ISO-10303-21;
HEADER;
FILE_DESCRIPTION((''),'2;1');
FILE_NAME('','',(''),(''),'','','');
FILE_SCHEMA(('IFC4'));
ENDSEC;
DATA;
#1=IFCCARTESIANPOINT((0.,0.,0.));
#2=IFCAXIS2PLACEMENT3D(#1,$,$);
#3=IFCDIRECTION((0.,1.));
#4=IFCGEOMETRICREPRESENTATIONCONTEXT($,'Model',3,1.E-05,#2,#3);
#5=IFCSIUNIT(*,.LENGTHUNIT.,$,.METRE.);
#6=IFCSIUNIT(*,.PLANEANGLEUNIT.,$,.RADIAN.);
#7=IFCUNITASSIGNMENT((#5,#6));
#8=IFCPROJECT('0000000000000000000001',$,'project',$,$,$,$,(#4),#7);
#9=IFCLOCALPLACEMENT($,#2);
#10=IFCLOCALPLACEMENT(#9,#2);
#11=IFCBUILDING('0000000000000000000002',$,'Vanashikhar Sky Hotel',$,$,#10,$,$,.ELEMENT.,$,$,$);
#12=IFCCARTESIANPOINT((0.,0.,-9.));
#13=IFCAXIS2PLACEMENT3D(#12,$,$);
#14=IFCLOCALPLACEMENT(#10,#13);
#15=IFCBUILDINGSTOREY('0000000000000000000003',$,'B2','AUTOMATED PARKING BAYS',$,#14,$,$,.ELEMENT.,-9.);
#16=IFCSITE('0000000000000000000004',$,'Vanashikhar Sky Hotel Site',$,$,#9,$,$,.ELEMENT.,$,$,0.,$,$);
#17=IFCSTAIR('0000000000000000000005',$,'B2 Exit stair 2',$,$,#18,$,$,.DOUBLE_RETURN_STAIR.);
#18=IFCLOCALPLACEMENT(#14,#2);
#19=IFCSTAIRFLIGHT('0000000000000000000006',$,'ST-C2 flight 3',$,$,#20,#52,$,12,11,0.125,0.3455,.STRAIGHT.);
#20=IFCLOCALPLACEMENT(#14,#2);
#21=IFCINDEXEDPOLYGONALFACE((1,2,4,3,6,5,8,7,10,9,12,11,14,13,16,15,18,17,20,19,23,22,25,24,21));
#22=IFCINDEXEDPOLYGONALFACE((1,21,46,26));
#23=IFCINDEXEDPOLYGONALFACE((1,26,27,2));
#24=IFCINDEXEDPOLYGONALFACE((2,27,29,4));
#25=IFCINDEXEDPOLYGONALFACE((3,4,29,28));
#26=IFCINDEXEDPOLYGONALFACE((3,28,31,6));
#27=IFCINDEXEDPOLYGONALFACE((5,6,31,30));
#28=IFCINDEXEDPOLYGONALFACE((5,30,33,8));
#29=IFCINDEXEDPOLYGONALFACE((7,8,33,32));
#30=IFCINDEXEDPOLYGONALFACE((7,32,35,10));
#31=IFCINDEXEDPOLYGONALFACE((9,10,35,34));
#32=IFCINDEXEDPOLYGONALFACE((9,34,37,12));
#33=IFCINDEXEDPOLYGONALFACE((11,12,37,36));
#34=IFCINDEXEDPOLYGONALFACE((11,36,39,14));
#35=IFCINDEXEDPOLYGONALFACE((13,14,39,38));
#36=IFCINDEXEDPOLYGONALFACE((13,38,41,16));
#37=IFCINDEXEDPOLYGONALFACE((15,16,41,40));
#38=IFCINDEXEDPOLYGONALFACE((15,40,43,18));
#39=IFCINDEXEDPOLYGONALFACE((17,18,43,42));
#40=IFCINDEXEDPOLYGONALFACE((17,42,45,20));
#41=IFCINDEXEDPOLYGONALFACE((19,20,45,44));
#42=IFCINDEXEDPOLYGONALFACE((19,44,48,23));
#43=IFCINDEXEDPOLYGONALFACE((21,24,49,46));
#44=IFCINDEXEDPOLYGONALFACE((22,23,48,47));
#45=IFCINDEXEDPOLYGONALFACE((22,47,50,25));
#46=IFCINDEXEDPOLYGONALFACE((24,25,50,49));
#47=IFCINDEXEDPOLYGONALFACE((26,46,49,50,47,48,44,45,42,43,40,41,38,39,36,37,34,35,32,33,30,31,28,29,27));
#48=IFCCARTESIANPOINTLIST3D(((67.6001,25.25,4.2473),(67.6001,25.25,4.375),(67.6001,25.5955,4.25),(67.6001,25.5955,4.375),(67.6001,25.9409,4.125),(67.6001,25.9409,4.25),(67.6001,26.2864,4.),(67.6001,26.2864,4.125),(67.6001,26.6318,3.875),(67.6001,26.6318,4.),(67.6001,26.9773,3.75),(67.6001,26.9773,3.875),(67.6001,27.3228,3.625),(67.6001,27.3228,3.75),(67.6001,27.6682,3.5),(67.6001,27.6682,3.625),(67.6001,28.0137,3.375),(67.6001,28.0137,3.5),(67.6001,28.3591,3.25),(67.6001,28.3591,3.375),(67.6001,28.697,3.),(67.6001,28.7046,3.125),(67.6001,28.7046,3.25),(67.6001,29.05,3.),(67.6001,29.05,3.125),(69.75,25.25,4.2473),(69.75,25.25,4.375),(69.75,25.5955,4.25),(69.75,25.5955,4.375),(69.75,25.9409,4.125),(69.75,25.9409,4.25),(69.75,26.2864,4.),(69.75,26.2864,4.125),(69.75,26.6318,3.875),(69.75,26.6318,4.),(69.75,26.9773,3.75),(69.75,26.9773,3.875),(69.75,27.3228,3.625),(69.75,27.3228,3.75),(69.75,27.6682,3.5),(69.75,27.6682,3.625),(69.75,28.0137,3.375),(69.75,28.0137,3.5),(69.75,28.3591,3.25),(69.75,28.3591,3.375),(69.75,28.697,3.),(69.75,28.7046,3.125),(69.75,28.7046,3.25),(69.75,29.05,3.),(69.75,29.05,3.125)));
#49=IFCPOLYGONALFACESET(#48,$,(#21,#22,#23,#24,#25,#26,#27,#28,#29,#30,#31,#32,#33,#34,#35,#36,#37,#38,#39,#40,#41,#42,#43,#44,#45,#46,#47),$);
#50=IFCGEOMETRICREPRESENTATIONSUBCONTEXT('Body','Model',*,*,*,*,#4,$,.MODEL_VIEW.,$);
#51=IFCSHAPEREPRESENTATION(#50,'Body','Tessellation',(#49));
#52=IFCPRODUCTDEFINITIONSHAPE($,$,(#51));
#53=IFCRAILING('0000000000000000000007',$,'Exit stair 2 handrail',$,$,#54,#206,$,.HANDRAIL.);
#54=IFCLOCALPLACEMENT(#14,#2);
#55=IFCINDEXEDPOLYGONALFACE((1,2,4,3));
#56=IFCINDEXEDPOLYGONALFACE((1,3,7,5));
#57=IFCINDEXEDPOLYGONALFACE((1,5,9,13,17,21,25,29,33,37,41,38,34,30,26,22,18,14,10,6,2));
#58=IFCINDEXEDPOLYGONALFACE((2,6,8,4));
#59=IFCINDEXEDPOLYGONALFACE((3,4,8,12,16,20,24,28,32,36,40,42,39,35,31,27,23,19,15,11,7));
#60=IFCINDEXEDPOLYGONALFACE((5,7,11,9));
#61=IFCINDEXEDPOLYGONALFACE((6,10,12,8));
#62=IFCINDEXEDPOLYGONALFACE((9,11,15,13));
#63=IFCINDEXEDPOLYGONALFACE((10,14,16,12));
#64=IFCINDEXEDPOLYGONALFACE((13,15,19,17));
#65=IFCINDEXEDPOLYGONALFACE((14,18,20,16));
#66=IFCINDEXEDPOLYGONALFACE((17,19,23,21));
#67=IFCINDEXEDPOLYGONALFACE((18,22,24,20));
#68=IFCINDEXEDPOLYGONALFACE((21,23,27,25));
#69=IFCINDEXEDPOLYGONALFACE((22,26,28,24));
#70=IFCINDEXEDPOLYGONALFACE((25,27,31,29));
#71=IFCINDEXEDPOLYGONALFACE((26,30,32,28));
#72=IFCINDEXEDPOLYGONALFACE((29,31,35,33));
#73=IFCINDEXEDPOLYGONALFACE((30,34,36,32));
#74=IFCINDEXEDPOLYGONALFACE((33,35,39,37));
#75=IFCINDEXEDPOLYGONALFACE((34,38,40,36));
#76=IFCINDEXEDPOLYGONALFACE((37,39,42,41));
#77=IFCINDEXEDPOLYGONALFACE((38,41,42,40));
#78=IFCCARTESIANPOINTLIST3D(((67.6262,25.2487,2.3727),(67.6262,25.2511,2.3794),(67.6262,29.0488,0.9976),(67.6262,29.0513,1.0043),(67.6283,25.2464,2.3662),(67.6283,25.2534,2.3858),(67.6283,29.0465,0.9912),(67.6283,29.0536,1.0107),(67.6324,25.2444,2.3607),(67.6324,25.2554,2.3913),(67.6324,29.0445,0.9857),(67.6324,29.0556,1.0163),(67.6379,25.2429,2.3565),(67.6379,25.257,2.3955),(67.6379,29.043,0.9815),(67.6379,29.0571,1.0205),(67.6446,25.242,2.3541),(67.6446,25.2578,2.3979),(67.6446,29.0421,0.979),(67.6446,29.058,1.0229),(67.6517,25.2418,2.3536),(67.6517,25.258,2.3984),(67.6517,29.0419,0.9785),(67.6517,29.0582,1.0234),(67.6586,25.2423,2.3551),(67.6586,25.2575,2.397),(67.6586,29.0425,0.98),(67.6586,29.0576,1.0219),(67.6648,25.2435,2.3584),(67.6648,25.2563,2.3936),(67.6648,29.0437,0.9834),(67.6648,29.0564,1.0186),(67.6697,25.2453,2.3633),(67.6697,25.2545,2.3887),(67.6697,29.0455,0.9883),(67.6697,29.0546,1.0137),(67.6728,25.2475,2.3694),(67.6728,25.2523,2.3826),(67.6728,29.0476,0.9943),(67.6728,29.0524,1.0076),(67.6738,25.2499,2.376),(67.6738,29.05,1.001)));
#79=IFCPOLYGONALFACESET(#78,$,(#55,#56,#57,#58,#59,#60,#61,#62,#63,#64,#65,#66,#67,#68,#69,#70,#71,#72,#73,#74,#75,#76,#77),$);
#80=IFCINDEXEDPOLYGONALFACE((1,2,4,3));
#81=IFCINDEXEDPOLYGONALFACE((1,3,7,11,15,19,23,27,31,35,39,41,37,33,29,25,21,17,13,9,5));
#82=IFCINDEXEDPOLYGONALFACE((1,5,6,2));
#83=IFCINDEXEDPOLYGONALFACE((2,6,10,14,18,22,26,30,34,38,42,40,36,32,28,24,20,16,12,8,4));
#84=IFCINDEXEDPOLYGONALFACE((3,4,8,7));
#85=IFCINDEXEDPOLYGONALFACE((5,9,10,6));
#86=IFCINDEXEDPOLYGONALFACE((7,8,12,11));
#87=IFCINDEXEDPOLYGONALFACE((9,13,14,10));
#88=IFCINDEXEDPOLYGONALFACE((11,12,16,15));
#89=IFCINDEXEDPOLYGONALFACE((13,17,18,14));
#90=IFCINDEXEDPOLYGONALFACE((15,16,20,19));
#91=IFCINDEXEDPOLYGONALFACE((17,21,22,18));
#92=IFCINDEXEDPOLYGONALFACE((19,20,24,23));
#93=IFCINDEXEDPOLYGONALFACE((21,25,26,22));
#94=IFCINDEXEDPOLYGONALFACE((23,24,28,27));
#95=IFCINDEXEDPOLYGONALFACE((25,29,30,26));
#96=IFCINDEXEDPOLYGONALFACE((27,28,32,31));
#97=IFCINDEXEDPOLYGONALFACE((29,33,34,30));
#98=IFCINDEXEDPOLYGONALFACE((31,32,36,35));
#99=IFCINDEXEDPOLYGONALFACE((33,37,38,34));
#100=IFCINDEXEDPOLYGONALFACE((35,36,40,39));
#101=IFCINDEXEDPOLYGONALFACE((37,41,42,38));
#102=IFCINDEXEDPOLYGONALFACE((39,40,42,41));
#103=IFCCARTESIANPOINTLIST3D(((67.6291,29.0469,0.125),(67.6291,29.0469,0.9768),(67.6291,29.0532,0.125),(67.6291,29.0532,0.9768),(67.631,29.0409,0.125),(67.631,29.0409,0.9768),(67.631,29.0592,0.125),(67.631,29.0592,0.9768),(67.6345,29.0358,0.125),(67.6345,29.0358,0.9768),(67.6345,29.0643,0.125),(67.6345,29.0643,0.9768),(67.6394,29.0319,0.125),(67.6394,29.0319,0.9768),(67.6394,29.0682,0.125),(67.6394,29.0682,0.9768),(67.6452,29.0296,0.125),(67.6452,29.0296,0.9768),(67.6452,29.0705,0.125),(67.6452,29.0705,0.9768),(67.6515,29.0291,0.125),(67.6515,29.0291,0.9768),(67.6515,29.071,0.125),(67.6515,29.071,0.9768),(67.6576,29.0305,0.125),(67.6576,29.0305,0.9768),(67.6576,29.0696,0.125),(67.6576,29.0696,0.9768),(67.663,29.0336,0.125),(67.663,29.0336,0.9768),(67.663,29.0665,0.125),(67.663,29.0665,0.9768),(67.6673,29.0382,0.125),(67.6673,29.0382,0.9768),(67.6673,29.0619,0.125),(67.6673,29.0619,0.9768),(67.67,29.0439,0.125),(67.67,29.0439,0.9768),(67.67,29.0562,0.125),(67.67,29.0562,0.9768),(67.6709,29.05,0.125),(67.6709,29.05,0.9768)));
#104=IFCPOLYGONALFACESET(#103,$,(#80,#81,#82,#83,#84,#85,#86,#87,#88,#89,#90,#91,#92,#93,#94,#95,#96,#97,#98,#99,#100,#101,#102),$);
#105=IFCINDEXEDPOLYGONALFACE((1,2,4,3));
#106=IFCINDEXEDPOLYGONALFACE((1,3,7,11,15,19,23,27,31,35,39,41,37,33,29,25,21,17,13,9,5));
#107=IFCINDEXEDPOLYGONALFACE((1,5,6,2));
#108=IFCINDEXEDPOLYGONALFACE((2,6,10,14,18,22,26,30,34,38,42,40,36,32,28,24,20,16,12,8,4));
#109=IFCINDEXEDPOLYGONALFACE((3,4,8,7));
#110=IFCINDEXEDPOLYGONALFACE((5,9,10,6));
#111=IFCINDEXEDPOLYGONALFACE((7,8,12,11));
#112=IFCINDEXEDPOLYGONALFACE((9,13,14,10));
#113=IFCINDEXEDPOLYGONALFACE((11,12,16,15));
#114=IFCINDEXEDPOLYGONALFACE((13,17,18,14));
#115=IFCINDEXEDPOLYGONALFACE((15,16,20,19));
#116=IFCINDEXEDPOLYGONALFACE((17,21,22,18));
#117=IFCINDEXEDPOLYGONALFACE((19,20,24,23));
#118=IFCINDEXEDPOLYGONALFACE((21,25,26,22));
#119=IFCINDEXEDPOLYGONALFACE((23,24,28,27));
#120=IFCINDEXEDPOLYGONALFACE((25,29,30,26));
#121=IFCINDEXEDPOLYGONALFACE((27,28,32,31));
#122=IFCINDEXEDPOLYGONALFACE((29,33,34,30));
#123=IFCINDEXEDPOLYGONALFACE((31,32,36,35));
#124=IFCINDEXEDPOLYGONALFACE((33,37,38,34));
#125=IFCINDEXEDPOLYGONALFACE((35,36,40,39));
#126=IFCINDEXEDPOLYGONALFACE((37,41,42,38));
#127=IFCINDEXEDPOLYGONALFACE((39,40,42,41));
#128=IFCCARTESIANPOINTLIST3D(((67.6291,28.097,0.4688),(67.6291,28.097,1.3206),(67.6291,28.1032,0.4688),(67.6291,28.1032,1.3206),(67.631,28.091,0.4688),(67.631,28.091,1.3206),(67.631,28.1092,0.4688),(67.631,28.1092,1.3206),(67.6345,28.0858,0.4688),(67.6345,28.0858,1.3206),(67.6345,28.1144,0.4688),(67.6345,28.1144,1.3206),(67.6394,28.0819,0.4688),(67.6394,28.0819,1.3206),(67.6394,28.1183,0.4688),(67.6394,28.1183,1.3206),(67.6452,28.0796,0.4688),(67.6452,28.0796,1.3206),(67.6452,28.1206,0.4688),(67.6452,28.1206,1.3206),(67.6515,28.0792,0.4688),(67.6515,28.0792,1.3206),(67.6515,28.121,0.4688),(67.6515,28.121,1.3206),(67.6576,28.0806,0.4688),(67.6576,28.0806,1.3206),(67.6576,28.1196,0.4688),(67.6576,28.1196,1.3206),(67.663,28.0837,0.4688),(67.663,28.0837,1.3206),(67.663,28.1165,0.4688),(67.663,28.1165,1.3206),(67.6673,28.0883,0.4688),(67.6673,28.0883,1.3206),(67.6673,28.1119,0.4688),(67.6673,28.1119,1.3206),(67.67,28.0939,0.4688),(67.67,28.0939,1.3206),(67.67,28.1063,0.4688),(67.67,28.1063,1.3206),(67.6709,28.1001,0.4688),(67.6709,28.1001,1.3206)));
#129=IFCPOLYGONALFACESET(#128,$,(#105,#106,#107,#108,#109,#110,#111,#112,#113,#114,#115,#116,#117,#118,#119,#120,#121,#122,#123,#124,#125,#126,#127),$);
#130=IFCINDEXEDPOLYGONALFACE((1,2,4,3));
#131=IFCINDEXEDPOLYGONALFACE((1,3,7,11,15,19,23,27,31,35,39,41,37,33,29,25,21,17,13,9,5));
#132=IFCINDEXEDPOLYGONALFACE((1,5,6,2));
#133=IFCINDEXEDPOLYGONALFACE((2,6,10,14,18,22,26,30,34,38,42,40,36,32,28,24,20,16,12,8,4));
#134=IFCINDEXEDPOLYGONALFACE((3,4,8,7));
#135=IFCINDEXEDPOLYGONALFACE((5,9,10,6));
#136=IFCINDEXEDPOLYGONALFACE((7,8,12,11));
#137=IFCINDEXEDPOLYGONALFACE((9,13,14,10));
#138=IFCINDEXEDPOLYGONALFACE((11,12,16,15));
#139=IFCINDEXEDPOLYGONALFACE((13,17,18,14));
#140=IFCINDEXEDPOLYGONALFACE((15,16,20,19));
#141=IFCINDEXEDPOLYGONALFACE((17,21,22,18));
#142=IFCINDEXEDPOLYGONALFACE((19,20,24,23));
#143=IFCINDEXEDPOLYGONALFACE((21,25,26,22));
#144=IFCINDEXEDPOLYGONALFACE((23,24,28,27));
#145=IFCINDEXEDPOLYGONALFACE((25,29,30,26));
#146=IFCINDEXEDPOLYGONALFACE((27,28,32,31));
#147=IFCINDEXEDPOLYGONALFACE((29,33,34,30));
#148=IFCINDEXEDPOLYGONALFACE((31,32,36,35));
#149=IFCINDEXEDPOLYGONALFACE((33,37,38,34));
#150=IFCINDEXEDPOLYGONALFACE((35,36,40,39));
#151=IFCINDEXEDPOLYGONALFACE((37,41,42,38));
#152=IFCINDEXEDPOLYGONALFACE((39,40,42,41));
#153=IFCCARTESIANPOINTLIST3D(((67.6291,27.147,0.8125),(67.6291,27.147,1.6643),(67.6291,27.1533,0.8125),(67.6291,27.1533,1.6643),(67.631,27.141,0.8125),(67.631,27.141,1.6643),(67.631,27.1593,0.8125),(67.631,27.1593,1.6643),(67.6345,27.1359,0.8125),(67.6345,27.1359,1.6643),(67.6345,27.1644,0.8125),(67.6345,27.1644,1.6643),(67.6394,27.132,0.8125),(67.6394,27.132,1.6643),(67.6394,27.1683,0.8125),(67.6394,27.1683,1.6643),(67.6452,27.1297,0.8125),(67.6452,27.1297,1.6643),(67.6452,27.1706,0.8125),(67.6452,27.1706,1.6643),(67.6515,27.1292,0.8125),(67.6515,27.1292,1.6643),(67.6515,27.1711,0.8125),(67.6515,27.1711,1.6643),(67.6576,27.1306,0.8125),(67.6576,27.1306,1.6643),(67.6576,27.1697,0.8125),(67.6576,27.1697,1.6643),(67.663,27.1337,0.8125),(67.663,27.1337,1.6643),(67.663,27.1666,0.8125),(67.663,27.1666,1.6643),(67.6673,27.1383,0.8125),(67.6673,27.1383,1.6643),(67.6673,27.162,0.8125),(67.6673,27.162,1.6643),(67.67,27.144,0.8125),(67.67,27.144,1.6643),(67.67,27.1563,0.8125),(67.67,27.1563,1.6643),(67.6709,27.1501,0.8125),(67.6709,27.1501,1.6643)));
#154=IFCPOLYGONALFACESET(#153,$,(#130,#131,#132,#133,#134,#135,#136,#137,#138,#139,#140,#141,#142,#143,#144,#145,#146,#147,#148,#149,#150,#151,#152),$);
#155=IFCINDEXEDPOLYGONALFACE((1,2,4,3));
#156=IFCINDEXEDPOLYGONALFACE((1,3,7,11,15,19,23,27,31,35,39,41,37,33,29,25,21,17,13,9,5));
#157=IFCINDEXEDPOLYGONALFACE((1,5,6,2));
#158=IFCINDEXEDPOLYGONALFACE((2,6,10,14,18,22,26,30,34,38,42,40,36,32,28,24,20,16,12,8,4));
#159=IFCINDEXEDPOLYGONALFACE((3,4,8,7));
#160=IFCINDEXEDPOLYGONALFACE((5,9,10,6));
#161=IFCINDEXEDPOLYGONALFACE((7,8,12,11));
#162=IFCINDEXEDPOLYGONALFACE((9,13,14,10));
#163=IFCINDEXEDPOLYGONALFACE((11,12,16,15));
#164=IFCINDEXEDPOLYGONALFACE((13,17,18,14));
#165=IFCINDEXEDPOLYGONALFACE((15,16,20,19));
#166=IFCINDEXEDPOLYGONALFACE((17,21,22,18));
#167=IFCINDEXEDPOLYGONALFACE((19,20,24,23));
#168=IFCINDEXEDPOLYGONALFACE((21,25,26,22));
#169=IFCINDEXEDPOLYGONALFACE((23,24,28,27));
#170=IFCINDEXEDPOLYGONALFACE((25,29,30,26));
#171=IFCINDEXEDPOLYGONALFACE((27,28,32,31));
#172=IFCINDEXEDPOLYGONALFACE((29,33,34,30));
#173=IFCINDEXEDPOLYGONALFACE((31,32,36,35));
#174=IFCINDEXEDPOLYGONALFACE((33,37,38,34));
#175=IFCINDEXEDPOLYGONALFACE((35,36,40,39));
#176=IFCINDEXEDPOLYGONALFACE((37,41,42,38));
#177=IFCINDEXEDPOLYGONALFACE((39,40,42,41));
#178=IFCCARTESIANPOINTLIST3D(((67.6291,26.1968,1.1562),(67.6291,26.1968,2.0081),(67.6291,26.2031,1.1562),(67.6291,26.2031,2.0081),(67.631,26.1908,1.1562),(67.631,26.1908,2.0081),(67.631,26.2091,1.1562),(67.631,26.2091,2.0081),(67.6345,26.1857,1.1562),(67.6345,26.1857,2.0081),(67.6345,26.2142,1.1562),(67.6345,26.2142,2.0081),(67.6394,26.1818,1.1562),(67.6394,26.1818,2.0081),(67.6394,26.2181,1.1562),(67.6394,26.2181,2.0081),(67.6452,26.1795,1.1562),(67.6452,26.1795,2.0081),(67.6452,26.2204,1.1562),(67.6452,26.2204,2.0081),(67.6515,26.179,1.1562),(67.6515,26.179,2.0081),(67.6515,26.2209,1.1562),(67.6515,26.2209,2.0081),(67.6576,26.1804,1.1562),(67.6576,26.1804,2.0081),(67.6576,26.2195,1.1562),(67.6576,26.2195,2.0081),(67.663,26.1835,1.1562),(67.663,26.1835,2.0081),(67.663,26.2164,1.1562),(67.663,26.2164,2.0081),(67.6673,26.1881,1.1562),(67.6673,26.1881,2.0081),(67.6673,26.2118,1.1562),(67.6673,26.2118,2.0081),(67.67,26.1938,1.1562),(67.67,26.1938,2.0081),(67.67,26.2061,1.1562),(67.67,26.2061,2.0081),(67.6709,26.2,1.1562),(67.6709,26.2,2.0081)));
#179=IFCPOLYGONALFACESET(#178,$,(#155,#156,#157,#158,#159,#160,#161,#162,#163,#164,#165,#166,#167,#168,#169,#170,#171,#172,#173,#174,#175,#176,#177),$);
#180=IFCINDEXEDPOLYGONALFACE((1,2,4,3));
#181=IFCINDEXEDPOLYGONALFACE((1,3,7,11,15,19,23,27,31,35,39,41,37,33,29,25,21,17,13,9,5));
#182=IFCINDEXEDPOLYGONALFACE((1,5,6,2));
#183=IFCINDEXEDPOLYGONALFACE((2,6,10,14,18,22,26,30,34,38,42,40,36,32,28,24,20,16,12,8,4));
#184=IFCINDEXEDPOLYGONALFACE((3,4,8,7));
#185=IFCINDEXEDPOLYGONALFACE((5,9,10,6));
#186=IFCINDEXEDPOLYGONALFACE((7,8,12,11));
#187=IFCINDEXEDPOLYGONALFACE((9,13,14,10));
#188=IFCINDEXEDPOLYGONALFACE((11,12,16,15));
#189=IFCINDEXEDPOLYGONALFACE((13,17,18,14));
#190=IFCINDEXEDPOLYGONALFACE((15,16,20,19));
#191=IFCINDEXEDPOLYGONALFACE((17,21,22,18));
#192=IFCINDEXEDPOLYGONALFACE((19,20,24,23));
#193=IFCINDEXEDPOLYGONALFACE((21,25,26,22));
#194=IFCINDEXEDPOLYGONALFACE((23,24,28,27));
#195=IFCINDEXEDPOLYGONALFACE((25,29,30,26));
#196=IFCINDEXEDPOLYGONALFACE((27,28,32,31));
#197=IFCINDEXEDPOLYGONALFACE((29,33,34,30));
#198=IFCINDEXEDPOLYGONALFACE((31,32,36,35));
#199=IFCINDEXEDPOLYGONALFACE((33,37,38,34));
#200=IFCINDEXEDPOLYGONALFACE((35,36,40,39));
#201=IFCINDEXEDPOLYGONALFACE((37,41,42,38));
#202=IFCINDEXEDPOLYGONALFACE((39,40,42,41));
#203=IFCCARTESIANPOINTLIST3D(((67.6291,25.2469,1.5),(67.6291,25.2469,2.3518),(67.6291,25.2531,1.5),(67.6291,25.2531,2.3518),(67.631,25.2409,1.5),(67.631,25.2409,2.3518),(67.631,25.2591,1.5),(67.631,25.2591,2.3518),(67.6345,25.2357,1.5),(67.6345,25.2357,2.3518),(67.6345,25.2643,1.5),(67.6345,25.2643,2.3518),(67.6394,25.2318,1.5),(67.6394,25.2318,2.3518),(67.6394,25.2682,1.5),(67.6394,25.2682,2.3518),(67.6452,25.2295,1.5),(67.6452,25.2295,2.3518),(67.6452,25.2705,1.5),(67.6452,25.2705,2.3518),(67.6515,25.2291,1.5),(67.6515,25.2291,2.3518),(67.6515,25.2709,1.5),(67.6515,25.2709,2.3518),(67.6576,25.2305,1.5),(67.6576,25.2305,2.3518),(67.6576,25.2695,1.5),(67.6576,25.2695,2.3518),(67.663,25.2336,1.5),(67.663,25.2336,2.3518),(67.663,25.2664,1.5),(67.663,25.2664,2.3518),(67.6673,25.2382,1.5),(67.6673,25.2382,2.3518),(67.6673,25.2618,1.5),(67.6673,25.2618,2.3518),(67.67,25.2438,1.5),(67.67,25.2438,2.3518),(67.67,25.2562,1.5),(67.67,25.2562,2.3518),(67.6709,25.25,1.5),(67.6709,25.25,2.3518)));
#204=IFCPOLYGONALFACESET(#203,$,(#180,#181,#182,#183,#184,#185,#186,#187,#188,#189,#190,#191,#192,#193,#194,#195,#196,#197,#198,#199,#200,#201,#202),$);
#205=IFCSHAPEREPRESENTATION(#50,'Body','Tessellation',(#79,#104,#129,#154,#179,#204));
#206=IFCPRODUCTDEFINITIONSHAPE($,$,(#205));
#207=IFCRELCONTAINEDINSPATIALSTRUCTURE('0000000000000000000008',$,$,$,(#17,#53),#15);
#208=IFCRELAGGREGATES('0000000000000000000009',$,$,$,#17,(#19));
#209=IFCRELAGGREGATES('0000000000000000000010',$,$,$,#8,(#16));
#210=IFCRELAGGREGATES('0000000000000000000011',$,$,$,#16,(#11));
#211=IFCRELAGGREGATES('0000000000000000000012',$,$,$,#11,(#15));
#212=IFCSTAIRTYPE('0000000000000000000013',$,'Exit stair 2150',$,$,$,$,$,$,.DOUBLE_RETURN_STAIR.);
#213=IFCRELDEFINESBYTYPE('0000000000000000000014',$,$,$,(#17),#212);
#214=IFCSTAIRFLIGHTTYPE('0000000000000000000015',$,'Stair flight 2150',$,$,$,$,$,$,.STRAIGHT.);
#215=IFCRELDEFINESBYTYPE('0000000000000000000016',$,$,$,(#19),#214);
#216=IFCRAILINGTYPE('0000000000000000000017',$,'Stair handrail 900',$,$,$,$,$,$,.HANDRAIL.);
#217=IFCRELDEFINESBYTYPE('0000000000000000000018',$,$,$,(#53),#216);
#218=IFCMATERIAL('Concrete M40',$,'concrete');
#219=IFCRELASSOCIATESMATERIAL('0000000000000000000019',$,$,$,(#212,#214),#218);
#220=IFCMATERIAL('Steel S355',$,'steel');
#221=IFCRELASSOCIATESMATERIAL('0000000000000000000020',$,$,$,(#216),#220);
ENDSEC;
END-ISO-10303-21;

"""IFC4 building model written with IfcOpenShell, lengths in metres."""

from ifc_helpers import new_model, si_unit, direction, frame, origin, origin_2d, place, context, subcontext, project, spatial, polyline, circle, outline, extrude, source, transform, mapped, material, type_object, element, aggregate, save


model = new_model("IFC4")

# Units and contexts
model_context = context("Model", 3, precision=1e-05, world=origin(), true_north=direction((0.0, 1.0)))
body_context = subcontext(model_context, "Body", "Model", "MODEL_VIEW")
ifc_project = project(units=[si_unit("LENGTHUNIT", "METRE"), si_unit("PLANEANGLEUNIT", "RADIAN")], contexts=[model_context])

# Site, building, storey
site_placement = place(None, origin())
site = spatial("IfcSite", under=ifc_project, at=site_placement, Name="Vanashikhar Sky Hotel Site", CompositionType="ELEMENT", RefElevation=0.0)
building_placement = place(site_placement, origin())
building = spatial("IfcBuilding", under=site, at=building_placement, Name="Vanashikhar Sky Hotel", CompositionType="ELEMENT")
storey_placement = place(building_placement, frame((0.0, 0.0, -9.0)))
storey = spatial("IfcBuildingStorey", under=building, at=storey_placement, Name="B2", Description="AUTOMATED PARKING BAYS", CompositionType="ELEMENT", Elevation=-9.0)

# Shared definitions
ifc_material_1 = material(Name="Concrete M40", Category="concrete")

# Stair, stair flight
stair_type = type_object("IfcStairType", Name="Exit stair 2150", PredefinedType="DOUBLE_RETURN_STAIR", material=ifc_material_1)
stair_placement = place(storey_placement, origin())
stair = element("IfcStair", 1, at=stair_placement, inside=storey, type_object=stair_type, Name="B2 Exit stair 2", PredefinedType="DOUBLE_RETURN_STAIR")
stair_flight_type = type_object("IfcStairFlightType", Name="Stair flight 2150", PredefinedType="STRAIGHT", material=ifc_material_1)
shared_shape_1 = source(origin(), body_context, "Body", "SweptSolid", [
    extrude(outline(polyline([(0.0, 0.0), (0.0, 0.125), (0.3455, 0.125), (0.3455, 0.25), (0.6909, 0.25), (0.6909, 0.375), (1.0364, 0.375), (1.0364, 0.5), (1.3818, 0.5), (1.3818, 0.625), (1.7273, 0.625), (1.7273, 0.75), (2.0728, 0.75), (2.0728, 0.875), (2.4182, 0.875), (2.4182, 1.0), (2.7637, 1.0), (2.7637, 1.125), (3.1091, 1.125), (3.1091, 1.25), (3.4546, 1.25), (3.4546, 1.375), (3.8, 1.375), (3.8, 1.5), (3.8, 1.2473), (0.353, 0.0), (0.0, 0.0)])), frame((0.0, 1.075, 0.0), z_axis=(0.0, -1.0, 0.0), x_axis=(1.0, 0.0, 0.0)), (0.0, 0.0, 1.0), 2.1499),
])
stair_flight_1_placement = place(storey_placement, frame((68.675, 29.05, 3.0), z_axis=(0.0, 0.0, 1.0), x_axis=(0.0, -1.0, 0.0)))
stair_flight_1 = element("IfcStairFlight", 2, at=stair_flight_1_placement, type_object=stair_flight_type, Name="ST-C2 flight 3", NumberOfRisers=12, NumberOfTreads=11, PredefinedType="STRAIGHT", RiserHeight=0.125, TreadLength=0.3455, context=body_context, shape_type="MappedRepresentation", body=[
    mapped(shared_shape_1, transform((0.0, 0.0, 0.0), scale=1.0)),
])
aggregate(stair, [stair_flight_1])

# Railing
ifc_material_2 = material(Name="Steel S355", Category="steel")
railing_type_1 = type_object("IfcRailingType", Name="Stair handrail 900", PredefinedType="HANDRAIL", material=ifc_material_2)
shared_shape_2 = source(origin(), body_context, "Body", "SweptSolid", [
    extrude(circle(Radius=0.0239, at=origin_2d()), frame((0.0, 0.0, 0.876), z_axis=(0.0, -0.940336, 0.340249), x_axis=(1.0, 0.0, 0.0)), (0.0, 0.0, 1.0), 4.0413),
    extrude(circle(Radius=0.021, at=origin_2d()), origin(), (0.0, 0.0, 1.0), 0.8518),
    extrude(circle(Radius=0.021, at=origin_2d()), frame((0.0, -0.95, 0.3438)), (0.0, 0.0, 1.0), 0.8518),
    extrude(circle(Radius=0.021, at=origin_2d()), frame((0.0, -1.8999, 0.6875)), (0.0, 0.0, 1.0), 0.8518),
    extrude(circle(Radius=0.021, at=origin_2d()), frame((0.0, -2.8501, 1.0312)), (0.0, 0.0, 1.0), 0.8518),
    extrude(circle(Radius=0.021, at=origin_2d()), frame((0.0, -3.8, 1.375)), (0.0, 0.0, 1.0), 0.8518),
])
for number, where, name in (
    (3, (67.6499, 29.05, 0.125), "Exit stair 2 handrail"),
):
    element("IfcRailing", number, at=place(storey_placement, frame(where)), inside=storey, type_object=railing_type_1, Name=name, PredefinedType="HANDRAIL", context=body_context, shape_type="MappedRepresentation", body=[
        mapped(shared_shape_2, transform((0.0, 0.0, 0.0), scale=1.0)),
    ])

save(model, "model.ifc")
